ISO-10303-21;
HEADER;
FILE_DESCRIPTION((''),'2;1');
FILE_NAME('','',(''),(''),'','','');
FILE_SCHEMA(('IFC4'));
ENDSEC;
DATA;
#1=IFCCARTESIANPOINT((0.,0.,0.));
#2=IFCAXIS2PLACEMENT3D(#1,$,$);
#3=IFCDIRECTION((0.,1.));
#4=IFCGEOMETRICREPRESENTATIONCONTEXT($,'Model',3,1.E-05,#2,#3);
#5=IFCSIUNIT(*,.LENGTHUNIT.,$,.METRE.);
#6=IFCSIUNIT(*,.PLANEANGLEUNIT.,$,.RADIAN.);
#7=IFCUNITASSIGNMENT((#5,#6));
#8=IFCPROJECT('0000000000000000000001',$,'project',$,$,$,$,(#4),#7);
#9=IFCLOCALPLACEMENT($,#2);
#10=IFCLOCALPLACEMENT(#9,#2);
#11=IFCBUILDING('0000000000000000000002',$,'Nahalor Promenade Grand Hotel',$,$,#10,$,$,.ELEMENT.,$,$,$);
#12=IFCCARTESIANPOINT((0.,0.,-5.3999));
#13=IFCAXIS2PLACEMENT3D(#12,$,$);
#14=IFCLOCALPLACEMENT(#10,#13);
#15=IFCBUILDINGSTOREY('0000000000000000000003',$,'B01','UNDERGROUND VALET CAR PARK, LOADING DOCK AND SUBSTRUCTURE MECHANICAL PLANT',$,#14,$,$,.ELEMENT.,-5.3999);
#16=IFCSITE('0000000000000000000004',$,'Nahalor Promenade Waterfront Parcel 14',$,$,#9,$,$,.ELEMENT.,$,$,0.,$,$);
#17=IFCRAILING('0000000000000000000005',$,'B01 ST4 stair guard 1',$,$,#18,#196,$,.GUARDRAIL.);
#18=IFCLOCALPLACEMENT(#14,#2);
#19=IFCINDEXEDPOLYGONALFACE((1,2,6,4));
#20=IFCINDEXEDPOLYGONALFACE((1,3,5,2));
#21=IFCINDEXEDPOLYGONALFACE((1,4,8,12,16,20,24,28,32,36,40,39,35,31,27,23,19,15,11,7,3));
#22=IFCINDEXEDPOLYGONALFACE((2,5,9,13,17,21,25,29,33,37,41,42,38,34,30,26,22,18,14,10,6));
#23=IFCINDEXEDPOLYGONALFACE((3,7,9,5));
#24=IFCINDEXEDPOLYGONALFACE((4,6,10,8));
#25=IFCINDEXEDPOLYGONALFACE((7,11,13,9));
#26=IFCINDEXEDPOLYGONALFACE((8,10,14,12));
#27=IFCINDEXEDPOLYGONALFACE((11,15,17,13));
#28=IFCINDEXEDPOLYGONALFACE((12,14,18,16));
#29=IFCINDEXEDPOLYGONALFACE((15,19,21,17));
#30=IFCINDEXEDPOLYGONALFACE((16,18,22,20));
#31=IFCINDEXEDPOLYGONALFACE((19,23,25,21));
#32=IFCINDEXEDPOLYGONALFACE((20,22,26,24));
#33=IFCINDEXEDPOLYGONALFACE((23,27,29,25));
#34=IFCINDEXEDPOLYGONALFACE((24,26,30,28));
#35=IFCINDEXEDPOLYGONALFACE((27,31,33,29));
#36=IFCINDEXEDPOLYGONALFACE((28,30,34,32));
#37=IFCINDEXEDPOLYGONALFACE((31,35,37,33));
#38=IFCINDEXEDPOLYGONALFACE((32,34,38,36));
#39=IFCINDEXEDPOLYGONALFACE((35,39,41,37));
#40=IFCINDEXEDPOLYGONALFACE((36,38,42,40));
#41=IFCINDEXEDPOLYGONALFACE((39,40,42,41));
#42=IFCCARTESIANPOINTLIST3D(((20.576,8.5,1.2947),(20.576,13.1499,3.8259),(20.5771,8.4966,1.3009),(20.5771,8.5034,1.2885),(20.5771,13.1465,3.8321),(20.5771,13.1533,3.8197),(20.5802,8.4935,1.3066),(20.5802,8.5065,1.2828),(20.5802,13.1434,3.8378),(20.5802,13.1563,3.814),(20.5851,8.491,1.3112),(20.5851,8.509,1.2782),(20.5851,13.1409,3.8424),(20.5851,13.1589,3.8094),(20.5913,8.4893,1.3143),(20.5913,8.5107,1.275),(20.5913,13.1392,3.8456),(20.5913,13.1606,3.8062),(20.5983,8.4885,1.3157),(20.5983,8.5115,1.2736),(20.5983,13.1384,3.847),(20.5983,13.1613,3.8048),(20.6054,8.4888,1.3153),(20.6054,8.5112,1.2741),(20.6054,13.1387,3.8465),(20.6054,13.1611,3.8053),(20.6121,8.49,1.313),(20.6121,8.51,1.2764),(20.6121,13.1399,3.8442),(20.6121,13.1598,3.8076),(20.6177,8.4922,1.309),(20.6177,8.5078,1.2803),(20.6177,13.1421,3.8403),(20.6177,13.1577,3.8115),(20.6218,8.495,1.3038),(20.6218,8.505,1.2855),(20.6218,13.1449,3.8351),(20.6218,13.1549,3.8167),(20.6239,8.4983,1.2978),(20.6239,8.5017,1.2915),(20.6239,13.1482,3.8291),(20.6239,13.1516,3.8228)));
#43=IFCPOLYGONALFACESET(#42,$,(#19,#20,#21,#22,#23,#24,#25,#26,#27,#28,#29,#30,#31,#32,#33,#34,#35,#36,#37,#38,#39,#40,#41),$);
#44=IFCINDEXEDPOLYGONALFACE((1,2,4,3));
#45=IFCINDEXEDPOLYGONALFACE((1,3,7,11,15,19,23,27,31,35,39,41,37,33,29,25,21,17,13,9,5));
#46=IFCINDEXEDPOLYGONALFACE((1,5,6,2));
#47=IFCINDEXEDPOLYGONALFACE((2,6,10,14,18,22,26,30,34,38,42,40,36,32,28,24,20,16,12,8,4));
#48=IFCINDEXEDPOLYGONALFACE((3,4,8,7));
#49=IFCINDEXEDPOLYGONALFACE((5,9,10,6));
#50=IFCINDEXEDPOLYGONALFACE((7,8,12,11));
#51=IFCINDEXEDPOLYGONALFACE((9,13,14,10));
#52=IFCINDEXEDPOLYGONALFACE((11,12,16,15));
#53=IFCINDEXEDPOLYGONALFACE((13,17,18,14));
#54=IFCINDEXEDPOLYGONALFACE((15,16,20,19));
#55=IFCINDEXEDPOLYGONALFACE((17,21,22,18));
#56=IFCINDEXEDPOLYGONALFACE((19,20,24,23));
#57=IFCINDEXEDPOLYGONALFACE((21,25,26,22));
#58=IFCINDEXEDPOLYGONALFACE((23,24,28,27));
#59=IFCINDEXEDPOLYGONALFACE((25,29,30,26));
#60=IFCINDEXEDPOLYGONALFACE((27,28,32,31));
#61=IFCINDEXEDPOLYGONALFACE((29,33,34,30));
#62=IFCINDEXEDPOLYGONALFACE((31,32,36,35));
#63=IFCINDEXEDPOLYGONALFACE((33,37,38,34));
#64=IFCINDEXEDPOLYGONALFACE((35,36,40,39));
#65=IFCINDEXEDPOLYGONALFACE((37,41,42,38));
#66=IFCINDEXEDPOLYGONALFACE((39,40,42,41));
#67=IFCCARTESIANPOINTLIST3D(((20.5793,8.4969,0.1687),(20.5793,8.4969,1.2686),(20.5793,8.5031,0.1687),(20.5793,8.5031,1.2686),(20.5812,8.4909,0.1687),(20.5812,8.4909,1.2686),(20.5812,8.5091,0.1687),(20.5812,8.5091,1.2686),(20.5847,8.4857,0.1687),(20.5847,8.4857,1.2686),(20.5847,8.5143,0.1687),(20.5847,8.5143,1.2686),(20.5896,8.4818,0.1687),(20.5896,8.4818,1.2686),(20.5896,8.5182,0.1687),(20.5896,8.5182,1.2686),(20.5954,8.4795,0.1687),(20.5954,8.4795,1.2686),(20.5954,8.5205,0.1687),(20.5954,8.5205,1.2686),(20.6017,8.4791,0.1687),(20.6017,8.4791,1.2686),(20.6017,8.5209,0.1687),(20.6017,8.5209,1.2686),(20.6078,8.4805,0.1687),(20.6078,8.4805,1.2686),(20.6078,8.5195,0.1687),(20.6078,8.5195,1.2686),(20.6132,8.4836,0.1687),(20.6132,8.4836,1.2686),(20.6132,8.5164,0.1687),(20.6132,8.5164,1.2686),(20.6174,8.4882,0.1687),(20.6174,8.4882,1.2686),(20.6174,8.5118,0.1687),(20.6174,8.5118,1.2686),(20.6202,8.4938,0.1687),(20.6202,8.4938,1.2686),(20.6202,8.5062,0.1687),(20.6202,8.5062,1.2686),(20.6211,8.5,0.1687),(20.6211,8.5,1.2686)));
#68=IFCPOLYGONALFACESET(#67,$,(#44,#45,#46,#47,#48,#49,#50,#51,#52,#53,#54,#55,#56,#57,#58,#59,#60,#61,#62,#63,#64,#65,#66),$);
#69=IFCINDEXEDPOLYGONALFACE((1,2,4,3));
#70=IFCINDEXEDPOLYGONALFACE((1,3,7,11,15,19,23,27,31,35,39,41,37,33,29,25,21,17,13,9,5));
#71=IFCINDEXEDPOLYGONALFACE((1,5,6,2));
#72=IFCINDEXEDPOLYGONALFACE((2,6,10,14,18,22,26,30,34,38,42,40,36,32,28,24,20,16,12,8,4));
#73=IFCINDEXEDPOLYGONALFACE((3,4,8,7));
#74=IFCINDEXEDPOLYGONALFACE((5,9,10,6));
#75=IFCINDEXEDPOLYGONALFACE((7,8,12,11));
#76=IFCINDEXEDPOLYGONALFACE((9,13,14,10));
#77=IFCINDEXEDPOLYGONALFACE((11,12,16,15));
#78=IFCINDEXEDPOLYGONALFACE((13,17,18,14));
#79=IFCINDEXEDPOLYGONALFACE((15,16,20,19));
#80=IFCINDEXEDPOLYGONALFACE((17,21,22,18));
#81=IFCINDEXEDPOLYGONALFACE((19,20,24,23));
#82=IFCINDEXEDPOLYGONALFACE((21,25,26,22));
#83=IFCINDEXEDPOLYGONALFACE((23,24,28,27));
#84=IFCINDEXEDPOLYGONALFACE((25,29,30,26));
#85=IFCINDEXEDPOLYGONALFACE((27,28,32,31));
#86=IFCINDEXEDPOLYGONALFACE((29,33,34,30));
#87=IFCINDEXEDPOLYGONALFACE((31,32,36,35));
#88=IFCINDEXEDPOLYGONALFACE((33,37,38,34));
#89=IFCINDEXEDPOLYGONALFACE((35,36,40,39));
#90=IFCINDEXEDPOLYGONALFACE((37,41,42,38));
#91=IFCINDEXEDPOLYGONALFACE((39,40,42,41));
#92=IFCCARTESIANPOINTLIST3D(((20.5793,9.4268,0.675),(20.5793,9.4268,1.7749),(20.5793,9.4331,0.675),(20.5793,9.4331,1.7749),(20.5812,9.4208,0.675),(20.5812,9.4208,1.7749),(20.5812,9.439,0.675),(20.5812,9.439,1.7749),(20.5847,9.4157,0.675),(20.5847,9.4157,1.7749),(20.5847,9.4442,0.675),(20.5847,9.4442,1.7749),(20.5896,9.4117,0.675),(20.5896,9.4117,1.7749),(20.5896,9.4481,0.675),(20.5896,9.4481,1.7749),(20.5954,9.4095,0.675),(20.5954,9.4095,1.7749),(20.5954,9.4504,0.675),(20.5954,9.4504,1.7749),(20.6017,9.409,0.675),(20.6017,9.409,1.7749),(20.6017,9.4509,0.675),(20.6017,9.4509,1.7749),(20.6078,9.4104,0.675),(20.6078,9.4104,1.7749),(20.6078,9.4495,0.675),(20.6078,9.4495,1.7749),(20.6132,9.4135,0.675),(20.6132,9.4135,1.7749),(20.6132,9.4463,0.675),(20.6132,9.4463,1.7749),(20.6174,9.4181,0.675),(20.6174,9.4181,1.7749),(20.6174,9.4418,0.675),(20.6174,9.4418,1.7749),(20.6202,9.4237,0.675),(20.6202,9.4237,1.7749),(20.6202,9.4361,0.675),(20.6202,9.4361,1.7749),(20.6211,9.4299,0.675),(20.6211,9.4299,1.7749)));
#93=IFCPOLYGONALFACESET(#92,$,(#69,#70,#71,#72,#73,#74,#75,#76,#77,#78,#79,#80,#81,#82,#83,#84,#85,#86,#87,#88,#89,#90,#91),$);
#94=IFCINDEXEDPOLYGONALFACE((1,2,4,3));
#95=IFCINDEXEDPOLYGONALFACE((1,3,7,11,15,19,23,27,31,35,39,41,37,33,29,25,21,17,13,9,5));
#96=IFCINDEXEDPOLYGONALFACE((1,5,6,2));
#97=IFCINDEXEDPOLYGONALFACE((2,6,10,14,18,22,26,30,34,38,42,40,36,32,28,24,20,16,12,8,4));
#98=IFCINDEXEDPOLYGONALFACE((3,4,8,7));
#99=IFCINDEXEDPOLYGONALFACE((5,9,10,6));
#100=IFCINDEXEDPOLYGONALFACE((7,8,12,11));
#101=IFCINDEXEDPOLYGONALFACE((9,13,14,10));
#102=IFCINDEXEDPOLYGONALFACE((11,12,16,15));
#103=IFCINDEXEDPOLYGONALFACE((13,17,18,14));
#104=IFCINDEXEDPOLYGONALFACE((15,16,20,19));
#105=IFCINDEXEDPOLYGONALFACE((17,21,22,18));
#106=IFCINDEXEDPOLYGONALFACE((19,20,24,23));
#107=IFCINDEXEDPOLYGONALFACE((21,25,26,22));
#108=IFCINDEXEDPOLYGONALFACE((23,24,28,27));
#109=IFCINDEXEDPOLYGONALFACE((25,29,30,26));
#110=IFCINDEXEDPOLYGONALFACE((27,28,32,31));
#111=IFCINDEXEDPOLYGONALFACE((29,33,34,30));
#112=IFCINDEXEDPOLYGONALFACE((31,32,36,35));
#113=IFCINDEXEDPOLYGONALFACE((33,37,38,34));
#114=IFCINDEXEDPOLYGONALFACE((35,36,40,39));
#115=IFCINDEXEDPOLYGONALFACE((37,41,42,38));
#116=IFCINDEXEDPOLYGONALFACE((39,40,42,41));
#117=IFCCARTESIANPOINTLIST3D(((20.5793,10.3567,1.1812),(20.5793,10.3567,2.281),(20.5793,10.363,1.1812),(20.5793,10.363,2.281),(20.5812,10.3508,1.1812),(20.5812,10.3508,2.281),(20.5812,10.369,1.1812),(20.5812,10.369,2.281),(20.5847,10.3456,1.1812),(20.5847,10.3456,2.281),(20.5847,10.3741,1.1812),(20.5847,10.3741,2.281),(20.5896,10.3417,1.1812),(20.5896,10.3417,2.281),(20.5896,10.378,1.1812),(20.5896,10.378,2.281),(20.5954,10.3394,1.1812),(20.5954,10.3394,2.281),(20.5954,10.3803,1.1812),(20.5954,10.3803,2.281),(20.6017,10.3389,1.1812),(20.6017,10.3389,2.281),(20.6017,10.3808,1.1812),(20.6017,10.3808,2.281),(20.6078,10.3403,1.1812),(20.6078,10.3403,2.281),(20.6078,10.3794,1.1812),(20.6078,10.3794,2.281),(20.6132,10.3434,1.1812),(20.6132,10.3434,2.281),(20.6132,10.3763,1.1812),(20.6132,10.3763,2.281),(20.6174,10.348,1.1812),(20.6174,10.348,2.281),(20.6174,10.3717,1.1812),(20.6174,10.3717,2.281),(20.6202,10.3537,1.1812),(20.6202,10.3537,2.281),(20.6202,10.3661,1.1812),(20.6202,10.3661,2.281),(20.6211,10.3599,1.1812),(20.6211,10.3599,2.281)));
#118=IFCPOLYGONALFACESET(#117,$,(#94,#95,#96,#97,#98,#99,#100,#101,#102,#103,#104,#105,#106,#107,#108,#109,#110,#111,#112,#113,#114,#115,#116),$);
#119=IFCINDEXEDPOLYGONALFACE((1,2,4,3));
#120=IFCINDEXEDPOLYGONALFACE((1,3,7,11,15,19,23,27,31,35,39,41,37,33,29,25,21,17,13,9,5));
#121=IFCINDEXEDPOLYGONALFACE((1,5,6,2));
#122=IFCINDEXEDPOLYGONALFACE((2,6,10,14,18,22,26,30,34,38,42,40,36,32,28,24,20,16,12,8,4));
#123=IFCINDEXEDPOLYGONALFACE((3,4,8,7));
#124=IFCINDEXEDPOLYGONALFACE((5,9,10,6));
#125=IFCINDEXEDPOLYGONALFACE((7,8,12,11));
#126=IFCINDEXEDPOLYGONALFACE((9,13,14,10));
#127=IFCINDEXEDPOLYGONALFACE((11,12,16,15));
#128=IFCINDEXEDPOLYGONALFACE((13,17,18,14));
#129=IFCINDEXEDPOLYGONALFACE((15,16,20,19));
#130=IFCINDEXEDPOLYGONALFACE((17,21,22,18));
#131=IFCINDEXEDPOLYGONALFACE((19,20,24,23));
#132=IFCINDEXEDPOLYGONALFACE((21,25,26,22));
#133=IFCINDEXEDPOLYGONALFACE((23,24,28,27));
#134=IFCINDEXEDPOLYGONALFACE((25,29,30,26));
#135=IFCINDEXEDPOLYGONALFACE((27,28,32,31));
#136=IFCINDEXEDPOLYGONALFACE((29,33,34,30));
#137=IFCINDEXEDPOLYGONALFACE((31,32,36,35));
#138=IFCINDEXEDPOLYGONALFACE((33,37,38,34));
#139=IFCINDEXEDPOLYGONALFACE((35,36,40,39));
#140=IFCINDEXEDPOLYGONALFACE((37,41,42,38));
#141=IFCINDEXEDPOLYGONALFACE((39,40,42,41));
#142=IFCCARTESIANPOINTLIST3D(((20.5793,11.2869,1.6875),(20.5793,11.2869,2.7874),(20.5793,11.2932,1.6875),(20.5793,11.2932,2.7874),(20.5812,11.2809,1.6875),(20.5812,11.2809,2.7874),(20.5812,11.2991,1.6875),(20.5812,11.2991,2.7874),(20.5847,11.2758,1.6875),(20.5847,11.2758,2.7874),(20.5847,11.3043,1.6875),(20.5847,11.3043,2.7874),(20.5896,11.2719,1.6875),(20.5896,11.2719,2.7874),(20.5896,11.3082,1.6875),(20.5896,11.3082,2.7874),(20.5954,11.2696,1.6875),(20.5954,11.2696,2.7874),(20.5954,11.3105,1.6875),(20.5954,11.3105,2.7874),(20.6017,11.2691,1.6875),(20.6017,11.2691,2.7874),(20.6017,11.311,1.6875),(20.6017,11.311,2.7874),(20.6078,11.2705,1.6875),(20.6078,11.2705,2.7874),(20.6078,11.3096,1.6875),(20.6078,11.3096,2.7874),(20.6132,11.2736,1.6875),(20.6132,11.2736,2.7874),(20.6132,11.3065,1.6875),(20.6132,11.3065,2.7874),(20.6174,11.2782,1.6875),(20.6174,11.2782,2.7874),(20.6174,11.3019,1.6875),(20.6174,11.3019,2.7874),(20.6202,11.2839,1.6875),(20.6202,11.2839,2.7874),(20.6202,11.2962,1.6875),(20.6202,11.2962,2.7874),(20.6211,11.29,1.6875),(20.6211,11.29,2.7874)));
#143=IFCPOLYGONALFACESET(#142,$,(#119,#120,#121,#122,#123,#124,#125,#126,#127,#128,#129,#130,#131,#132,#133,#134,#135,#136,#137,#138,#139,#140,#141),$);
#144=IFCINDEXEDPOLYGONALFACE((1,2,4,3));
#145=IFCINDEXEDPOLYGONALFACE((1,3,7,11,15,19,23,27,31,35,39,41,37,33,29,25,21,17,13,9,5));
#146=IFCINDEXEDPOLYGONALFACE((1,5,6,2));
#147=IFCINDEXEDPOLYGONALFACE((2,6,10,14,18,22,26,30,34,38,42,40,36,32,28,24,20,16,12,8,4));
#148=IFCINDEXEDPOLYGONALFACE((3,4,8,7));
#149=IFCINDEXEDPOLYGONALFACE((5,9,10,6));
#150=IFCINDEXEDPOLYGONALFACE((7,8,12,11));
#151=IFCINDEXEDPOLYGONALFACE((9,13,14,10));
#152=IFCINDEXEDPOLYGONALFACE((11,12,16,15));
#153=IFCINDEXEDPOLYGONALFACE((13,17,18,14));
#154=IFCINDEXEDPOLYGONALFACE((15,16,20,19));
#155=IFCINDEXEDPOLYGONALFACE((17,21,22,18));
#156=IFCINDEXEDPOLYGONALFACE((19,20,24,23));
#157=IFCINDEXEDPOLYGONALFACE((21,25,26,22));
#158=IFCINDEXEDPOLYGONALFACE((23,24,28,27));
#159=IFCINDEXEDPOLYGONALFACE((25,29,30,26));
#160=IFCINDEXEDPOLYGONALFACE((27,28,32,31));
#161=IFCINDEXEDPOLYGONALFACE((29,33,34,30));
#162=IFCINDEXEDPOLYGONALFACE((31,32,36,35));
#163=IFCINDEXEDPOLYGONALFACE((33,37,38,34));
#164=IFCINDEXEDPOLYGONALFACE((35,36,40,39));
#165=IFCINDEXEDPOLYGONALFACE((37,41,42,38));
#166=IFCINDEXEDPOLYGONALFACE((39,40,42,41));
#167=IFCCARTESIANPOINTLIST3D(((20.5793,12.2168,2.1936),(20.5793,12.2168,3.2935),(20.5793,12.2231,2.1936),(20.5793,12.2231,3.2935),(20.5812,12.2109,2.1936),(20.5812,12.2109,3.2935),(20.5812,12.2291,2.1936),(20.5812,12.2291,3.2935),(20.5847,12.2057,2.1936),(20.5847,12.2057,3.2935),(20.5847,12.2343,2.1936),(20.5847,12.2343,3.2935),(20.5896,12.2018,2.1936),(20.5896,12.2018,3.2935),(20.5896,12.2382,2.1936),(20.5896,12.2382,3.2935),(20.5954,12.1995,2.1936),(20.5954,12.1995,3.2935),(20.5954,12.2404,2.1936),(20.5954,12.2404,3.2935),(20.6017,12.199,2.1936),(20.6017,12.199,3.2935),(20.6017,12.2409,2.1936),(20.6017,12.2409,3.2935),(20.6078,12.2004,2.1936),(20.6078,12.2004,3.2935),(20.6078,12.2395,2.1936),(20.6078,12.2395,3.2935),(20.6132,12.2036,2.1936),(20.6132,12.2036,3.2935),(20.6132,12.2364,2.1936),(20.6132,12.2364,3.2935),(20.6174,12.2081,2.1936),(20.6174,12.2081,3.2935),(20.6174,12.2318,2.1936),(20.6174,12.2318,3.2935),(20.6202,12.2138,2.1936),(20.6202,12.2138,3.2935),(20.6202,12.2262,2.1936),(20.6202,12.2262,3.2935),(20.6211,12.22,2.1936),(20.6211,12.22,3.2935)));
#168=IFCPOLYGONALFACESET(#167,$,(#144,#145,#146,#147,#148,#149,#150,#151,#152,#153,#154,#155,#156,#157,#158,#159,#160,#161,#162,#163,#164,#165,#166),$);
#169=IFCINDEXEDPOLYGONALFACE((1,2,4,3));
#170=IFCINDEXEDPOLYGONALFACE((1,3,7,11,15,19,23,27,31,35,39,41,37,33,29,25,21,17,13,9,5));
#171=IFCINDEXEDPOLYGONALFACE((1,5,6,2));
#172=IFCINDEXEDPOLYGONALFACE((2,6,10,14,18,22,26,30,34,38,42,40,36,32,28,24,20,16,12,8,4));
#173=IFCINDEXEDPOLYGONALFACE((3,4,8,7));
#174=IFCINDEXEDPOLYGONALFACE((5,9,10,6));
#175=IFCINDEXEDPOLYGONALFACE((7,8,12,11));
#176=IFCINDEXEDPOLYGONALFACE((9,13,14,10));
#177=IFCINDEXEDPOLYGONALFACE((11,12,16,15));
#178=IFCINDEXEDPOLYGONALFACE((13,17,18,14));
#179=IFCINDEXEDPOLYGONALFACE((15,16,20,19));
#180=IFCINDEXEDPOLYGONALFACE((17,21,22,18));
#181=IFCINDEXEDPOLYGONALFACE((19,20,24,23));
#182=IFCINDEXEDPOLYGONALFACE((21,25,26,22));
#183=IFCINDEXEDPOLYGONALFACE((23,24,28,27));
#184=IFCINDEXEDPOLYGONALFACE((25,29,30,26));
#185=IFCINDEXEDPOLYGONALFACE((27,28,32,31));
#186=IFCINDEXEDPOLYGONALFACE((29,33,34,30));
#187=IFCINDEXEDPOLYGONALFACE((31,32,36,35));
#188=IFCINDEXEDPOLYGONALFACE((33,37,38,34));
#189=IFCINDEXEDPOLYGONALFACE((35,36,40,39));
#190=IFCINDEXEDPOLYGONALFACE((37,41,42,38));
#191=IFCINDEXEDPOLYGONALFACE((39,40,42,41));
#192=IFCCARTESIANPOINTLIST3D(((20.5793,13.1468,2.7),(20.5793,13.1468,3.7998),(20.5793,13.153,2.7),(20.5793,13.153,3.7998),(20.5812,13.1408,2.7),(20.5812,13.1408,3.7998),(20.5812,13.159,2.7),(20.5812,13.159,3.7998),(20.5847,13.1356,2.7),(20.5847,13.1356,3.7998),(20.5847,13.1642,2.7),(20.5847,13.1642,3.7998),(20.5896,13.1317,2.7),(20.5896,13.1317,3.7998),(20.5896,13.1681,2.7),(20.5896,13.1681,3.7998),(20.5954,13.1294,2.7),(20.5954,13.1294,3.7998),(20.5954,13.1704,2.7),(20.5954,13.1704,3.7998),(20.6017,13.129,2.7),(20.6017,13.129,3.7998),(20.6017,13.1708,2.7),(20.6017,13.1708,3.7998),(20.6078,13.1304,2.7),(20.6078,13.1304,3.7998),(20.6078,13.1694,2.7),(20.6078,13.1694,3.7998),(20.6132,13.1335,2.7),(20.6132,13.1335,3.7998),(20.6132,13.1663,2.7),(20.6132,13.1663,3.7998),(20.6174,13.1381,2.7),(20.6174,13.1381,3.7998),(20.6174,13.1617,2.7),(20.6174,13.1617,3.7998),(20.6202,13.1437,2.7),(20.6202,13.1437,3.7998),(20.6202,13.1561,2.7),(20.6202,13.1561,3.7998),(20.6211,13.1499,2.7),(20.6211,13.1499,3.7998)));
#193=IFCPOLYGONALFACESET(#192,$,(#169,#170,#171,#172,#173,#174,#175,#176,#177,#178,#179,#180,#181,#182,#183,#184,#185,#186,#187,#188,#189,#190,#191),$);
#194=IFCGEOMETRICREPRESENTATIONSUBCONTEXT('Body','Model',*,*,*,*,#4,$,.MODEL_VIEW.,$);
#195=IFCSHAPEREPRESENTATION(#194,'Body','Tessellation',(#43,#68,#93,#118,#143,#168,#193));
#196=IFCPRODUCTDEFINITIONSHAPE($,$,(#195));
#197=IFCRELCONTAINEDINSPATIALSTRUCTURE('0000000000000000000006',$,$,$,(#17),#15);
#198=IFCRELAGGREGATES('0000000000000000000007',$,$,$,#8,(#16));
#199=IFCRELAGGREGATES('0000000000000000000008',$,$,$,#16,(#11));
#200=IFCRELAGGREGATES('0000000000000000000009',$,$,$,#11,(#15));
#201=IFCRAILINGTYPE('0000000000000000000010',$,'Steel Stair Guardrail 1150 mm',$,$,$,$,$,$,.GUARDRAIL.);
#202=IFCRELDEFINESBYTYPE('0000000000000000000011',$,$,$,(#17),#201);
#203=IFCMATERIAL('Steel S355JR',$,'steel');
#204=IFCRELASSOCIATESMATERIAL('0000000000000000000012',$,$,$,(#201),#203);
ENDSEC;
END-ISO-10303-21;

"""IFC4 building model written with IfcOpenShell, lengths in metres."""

from ifc_helpers import new_model, si_unit, direction, frame, origin, origin_2d, place, context, subcontext, project, spatial, circle, extrude, material, type_object, element, save


model = new_model("IFC4")

# Units and contexts
model_context = context("Model", 3, precision=1e-05, world=origin(), true_north=direction((0.0, 1.0)))
body_context = subcontext(model_context, "Body", "Model", "MODEL_VIEW")
ifc_project = project(units=[si_unit("LENGTHUNIT", "METRE"), si_unit("PLANEANGLEUNIT", "RADIAN")], contexts=[model_context])

# Site, building, storey
site_placement = place(None, origin())
site = spatial("IfcSite", under=ifc_project, at=site_placement, Name="Nahalor Promenade Waterfront Parcel 14", CompositionType="ELEMENT", RefElevation=0.0)
building_placement = place(site_placement, origin())
building = spatial("IfcBuilding", under=site, at=building_placement, Name="Nahalor Promenade Grand Hotel", CompositionType="ELEMENT")
storey_placement = place(building_placement, frame((0.0, 0.0, -5.3999)))
storey = spatial("IfcBuildingStorey", under=building, at=storey_placement, Name="B01", Description="UNDERGROUND VALET CAR PARK, LOADING DOCK AND SUBSTRUCTURE MECHANICAL PLANT", CompositionType="ELEMENT", Elevation=-5.3999)

# Shared definitions
ifc_material_1 = material(Name="Steel S355JR", Category="steel")

# Railing
railing_type_1 = type_object("IfcRailingType", Name="Steel Stair Guardrail 1150 mm", PredefinedType="GUARDRAIL", material=ifc_material_1)
railing_1_placement = place(storey_placement, frame((20.6001, 8.5, 0.1687)))
element("IfcRailing", 1, at=railing_1_placement, inside=storey, type_object=railing_type_1, Name="B01 ST4 stair guard 1", PredefinedType="GUARDRAIL", context=body_context, shape_type="SweptSolid", body=[
    extrude(circle(Radius=0.024, at=origin_2d()), frame((0.0, 0.0, 1.126), z_axis=(0.0, 0.878297, 0.478115), x_axis=(-1.0, 0.0, 0.0)), (0.0, 0.0, 1.0), 5.2942),
    extrude(circle(Radius=0.021, at=origin_2d()), origin(), (0.0, 0.0, 1.0), 1.0999),
    extrude(circle(Radius=0.021, at=origin_2d()), frame((0.0, 0.9299, 0.5063)), (0.0, 0.0, 1.0), 1.0999),
    extrude(circle(Radius=0.021, at=origin_2d()), frame((0.0, 1.8599, 1.0125)), (0.0, 0.0, 1.0), 1.0999),
    extrude(circle(Radius=0.021, at=origin_2d()), frame((0.0, 2.79, 1.5188)), (0.0, 0.0, 1.0), 1.0999),
    extrude(circle(Radius=0.021, at=origin_2d()), frame((0.0, 3.72, 2.0249)), (0.0, 0.0, 1.0), 1.0999),
    extrude(circle(Radius=0.021, at=origin_2d()), frame((0.0, 4.6499, 2.5312)), (0.0, 0.0, 1.0), 1.0999),
])

save(model, "model.ifc")
